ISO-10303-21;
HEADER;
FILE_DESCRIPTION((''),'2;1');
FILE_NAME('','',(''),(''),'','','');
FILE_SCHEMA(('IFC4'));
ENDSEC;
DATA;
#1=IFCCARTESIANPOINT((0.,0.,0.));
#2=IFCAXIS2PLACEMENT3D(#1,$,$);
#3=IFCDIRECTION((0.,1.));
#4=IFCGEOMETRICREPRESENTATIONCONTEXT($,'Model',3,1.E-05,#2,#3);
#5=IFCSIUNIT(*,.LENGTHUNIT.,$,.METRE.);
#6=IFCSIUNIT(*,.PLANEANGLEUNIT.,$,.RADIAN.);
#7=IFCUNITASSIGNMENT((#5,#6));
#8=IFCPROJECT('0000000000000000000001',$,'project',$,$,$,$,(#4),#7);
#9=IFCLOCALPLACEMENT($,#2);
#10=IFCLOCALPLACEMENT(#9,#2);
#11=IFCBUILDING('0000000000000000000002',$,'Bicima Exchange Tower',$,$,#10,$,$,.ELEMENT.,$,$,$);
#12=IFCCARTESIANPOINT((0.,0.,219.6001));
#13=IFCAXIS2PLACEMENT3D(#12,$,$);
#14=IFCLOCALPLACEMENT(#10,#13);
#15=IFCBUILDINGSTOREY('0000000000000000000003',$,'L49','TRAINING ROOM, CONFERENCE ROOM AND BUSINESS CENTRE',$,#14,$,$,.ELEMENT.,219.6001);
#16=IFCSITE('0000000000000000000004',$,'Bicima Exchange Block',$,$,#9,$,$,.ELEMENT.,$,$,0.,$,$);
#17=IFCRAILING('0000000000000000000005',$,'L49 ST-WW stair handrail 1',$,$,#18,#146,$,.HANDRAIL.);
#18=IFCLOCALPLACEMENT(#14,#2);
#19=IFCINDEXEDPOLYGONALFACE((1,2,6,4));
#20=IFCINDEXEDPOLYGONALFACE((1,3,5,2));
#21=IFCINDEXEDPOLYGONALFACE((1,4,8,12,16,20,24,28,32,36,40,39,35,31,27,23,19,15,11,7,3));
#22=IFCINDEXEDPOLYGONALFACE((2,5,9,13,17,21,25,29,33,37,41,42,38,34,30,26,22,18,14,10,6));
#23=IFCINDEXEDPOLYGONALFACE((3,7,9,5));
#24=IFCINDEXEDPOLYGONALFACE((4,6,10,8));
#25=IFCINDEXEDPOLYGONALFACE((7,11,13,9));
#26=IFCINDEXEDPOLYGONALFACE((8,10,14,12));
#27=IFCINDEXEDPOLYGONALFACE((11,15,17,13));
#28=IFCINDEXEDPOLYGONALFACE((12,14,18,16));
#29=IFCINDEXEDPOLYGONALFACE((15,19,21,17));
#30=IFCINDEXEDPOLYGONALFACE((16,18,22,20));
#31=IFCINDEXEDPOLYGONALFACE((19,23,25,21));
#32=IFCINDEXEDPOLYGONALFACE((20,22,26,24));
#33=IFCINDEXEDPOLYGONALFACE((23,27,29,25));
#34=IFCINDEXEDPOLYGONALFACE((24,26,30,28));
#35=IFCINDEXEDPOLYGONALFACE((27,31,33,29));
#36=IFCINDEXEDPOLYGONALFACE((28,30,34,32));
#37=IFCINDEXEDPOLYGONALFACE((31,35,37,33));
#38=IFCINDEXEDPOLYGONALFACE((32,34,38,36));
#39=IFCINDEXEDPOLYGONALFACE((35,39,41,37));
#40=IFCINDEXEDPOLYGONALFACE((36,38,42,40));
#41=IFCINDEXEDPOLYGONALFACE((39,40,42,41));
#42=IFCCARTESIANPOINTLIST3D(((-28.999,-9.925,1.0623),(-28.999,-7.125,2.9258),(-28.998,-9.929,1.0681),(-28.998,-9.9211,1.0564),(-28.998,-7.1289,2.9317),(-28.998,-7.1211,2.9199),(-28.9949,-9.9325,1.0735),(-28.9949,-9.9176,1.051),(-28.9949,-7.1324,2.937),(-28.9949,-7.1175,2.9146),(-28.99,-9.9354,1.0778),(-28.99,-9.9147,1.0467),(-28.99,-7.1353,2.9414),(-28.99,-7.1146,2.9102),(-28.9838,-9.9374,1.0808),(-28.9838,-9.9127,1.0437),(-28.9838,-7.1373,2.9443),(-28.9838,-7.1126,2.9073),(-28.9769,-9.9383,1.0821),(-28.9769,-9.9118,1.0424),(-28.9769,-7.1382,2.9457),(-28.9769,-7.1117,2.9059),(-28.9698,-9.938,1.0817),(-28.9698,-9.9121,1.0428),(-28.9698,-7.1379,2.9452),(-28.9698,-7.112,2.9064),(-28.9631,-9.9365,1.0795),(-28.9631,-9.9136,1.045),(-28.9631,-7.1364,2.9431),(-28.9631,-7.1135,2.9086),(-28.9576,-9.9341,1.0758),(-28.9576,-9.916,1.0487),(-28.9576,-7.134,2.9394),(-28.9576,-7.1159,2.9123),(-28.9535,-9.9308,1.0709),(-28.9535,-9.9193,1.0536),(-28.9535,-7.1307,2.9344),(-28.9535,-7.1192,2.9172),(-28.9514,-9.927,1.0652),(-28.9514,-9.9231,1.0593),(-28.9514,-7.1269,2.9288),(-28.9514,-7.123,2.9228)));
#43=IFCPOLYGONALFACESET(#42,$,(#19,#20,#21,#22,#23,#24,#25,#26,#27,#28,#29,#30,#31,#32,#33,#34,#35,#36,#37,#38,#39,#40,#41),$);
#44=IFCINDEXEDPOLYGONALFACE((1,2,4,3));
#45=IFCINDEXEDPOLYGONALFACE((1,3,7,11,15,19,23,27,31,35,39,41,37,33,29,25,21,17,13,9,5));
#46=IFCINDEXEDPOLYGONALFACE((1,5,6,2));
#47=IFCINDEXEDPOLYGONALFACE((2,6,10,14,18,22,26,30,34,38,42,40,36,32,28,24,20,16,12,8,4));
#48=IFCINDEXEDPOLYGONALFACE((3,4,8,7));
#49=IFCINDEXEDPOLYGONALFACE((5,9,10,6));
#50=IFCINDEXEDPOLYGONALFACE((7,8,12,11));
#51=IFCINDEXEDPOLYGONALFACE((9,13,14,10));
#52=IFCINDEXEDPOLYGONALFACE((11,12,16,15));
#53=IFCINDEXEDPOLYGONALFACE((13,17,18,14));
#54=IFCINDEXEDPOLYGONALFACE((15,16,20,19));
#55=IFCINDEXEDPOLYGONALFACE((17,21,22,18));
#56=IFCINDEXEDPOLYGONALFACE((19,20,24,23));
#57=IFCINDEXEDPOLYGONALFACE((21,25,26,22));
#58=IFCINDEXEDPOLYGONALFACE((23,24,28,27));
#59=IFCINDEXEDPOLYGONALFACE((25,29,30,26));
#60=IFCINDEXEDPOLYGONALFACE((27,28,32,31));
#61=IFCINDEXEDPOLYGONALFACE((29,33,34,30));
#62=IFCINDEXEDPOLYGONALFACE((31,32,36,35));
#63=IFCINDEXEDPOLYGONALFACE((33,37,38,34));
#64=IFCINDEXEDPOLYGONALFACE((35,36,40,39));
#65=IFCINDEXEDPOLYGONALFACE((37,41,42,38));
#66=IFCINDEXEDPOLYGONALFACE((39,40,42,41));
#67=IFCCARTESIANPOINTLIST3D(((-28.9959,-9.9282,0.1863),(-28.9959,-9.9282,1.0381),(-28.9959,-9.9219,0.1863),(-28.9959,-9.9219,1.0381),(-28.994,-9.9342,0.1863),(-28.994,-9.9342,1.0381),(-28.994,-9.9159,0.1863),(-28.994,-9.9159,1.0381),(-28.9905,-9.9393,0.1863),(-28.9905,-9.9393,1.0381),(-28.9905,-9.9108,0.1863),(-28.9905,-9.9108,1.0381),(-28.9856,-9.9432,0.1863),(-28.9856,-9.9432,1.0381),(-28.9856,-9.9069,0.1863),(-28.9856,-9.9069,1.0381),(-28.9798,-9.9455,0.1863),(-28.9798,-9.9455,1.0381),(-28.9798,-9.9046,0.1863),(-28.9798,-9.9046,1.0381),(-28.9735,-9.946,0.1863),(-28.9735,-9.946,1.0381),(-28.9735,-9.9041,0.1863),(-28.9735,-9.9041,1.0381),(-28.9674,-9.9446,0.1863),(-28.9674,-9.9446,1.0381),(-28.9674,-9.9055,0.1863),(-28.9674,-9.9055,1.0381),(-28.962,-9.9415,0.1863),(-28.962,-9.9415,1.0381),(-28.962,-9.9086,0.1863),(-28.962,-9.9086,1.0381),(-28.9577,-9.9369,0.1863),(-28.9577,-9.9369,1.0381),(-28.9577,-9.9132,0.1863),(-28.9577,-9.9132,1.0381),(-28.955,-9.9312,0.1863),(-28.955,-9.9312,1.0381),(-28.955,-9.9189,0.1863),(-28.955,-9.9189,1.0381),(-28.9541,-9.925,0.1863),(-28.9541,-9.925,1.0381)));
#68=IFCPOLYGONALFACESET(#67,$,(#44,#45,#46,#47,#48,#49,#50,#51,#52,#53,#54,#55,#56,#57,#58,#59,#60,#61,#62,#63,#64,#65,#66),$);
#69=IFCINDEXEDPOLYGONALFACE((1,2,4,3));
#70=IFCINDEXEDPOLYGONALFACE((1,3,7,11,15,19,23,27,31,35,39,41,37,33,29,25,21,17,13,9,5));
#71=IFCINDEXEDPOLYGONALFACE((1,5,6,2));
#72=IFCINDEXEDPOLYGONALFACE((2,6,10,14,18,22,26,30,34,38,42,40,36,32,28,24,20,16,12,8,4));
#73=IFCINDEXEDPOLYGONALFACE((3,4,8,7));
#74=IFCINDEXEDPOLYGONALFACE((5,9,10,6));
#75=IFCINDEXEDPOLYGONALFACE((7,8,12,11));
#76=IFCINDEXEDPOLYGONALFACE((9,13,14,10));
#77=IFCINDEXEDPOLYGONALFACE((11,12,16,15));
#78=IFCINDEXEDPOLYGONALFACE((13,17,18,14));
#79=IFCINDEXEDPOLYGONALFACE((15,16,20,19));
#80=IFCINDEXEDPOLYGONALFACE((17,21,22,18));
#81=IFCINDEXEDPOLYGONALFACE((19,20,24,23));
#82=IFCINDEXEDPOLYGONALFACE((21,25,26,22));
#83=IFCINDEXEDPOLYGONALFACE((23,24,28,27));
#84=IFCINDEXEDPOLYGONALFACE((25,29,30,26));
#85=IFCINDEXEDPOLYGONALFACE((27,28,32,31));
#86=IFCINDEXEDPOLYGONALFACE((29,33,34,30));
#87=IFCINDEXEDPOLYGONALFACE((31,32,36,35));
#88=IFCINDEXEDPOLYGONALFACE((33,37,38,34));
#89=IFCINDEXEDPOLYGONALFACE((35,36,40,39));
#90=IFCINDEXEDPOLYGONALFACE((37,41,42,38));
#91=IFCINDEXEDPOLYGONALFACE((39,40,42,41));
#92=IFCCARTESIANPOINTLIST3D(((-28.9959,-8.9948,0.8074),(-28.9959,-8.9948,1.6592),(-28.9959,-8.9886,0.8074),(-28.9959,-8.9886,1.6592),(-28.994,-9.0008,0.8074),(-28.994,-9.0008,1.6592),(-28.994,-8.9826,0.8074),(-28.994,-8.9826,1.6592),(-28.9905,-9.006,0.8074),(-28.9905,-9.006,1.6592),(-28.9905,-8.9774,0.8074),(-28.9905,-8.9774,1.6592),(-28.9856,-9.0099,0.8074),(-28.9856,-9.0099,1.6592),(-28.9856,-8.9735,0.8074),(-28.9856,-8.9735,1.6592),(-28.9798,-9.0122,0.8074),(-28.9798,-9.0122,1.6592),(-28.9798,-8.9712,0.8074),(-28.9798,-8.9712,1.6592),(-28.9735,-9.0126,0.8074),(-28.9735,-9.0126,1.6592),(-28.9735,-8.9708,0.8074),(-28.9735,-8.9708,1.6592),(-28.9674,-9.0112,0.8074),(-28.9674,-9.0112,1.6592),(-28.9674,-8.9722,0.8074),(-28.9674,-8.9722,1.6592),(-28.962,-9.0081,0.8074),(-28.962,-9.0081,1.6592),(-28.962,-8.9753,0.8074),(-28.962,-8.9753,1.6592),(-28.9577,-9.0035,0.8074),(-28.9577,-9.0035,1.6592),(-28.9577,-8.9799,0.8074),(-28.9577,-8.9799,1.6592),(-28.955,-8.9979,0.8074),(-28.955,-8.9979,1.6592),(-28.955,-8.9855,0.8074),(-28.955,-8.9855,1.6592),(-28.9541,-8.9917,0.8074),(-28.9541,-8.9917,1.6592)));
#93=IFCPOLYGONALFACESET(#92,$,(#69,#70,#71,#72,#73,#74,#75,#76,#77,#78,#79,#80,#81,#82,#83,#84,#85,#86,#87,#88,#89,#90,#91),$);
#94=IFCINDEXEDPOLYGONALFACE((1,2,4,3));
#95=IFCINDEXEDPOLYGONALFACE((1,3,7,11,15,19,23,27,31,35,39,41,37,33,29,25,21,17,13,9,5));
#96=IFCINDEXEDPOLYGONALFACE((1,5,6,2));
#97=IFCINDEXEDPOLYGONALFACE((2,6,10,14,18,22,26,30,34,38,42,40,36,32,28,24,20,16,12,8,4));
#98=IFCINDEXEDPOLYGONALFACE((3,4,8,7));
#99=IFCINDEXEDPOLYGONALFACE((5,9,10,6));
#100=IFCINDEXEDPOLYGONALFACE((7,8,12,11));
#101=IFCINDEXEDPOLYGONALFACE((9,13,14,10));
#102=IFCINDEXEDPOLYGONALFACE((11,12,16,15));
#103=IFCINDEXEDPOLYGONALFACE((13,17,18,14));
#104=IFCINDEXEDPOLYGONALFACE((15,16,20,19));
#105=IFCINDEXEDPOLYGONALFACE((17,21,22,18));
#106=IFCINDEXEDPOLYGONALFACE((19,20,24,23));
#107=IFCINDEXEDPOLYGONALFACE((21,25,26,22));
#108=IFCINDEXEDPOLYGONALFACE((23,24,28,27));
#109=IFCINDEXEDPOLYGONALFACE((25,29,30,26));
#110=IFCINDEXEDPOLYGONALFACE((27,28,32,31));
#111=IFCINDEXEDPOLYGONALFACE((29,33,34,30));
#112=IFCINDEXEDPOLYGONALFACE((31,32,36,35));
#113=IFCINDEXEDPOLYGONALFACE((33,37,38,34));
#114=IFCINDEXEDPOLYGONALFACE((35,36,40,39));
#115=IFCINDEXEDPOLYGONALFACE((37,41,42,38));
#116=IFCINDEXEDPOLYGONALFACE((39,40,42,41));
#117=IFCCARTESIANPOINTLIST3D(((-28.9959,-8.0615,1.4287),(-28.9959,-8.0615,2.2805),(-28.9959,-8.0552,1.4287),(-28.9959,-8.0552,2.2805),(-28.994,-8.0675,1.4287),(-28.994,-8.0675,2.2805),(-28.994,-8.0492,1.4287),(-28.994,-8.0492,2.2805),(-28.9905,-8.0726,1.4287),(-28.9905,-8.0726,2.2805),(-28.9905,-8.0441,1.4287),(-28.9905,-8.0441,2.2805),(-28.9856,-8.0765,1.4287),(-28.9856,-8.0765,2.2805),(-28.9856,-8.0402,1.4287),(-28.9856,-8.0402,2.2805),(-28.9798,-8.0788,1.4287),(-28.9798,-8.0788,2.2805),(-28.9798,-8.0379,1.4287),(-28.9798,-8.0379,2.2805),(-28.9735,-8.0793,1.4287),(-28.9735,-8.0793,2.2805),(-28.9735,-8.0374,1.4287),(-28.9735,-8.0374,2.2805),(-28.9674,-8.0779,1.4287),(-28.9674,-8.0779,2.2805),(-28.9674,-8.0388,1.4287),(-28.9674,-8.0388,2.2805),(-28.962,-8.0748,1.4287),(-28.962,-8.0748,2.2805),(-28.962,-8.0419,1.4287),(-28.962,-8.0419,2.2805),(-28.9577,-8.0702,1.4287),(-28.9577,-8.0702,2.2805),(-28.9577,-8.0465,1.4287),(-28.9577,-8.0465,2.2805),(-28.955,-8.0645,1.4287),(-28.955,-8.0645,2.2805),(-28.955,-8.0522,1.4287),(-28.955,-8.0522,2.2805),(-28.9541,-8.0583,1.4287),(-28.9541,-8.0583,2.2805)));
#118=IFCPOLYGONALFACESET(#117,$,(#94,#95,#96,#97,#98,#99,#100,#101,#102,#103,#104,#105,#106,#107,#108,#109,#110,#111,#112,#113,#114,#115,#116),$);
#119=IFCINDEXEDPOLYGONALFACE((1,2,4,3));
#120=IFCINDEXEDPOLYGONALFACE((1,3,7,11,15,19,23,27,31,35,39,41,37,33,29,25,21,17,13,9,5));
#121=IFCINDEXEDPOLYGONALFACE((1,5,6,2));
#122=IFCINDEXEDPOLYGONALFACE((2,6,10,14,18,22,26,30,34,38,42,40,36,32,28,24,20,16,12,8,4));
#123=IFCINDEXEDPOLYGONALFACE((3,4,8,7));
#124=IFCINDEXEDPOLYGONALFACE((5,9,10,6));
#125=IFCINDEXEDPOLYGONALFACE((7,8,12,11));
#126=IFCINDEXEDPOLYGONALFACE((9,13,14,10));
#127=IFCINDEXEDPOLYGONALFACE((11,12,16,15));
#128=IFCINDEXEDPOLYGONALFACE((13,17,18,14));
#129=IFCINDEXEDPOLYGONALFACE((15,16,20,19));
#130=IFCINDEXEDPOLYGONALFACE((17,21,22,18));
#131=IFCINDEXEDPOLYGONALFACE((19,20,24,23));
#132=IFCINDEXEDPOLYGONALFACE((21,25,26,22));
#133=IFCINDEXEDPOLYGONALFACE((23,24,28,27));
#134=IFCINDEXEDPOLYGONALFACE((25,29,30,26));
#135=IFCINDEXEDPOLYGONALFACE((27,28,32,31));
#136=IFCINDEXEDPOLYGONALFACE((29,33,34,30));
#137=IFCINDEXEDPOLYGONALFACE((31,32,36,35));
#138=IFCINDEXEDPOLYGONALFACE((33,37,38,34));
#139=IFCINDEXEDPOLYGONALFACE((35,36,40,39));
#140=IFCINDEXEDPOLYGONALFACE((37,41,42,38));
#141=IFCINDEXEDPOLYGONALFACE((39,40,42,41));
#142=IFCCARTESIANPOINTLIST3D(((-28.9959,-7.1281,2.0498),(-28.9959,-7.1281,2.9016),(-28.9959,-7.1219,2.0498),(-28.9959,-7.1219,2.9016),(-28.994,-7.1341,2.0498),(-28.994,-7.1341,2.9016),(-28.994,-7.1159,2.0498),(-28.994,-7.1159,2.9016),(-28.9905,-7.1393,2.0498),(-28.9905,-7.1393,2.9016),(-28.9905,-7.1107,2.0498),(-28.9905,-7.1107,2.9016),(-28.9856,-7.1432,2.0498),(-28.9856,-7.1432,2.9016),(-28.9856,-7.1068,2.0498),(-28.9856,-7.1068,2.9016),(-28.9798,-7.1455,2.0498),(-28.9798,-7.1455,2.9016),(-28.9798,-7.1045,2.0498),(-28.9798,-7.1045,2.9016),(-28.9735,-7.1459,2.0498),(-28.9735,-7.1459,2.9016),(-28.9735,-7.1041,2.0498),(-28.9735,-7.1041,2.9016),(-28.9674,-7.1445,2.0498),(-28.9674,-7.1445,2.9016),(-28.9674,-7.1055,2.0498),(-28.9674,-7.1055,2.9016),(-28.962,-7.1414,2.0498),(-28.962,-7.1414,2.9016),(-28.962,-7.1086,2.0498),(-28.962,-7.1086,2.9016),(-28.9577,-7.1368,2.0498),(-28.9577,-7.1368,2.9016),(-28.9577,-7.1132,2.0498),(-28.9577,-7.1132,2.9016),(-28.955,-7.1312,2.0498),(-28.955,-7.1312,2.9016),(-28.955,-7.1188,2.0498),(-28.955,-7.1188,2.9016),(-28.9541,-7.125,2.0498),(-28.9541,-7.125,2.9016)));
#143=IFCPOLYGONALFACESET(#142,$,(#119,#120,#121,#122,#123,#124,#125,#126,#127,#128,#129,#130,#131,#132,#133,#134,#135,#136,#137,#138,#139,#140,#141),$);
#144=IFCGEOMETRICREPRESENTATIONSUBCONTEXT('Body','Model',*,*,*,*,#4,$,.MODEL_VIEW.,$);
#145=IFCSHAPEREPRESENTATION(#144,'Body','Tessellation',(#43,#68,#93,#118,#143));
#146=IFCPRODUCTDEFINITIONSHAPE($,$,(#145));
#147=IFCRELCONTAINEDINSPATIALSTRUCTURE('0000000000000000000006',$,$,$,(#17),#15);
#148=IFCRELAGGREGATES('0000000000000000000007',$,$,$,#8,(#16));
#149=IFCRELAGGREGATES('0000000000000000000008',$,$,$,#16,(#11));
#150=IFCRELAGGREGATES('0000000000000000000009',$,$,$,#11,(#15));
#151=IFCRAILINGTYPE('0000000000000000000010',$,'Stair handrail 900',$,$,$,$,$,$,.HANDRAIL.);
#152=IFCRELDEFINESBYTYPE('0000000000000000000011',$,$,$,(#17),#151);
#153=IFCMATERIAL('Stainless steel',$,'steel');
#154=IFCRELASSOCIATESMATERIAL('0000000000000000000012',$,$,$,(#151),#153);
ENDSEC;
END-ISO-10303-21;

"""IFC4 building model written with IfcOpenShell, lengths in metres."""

from ifc_helpers import new_model, si_unit, direction, frame, origin, origin_2d, place, context, subcontext, project, spatial, circle, extrude, material, type_object, element, save


model = new_model("IFC4")

# Units and contexts
model_context = context("Model", 3, precision=1e-05, world=origin(), true_north=direction((0.0, 1.0)))
body_context = subcontext(model_context, "Body", "Model", "MODEL_VIEW")
ifc_project = project(units=[si_unit("LENGTHUNIT", "METRE"), si_unit("PLANEANGLEUNIT", "RADIAN")], contexts=[model_context])

# Site, building, storey
site_placement = place(None, origin())
site = spatial("IfcSite", under=ifc_project, at=site_placement, Name="Bicima Exchange Block", CompositionType="ELEMENT", RefElevation=0.0)
building_placement = place(site_placement, origin())
building = spatial("IfcBuilding", under=site, at=building_placement, Name="Bicima Exchange Tower", CompositionType="ELEMENT")
storey_placement = place(building_placement, frame((0.0, 0.0, 219.6001)))
storey = spatial("IfcBuildingStorey", under=building, at=storey_placement, Name="L49", Description="TRAINING ROOM, CONFERENCE ROOM AND BUSINESS CENTRE", CompositionType="ELEMENT", Elevation=219.6001)

# Railing
ifc_material_1 = material(Name="Stainless steel", Category="steel")
railing_type_1 = type_object("IfcRailingType", Name="Stair handrail 900", PredefinedType="HANDRAIL", material=ifc_material_1)
railing_1_placement = place(storey_placement, frame((-28.9751, -9.925, 0.1863)))
element("IfcRailing", 1, at=railing_1_placement, inside=storey, type_object=railing_type_1, Name="L49 ST-WW stair handrail 1", PredefinedType="HANDRAIL", context=body_context, shape_type="SweptSolid", body=[
    extrude(circle(Radius=0.0239, at=origin_2d()), frame((0.0, 0.0, 0.876), z_axis=(0.0, 0.832486, 0.554047), x_axis=(-1.0, 0.0, 0.0)), (0.0, 0.0, 1.0), 3.3635),
    extrude(circle(Radius=0.021, at=origin_2d()), origin(), (0.0, 0.0, 1.0), 0.8518),
    extrude(circle(Radius=0.021, at=origin_2d()), frame((0.0, 0.9333, 0.6211)), (0.0, 0.0, 1.0), 0.8518),
    extrude(circle(Radius=0.021, at=origin_2d()), frame((0.0, 1.8667, 1.2424)), (0.0, 0.0, 1.0), 0.8518),
    extrude(circle(Radius=0.021, at=origin_2d()), frame((0.0, 2.8, 1.8635)), (0.0, 0.0, 1.0), 0.8518),
])

save(model, "model.ifc")
